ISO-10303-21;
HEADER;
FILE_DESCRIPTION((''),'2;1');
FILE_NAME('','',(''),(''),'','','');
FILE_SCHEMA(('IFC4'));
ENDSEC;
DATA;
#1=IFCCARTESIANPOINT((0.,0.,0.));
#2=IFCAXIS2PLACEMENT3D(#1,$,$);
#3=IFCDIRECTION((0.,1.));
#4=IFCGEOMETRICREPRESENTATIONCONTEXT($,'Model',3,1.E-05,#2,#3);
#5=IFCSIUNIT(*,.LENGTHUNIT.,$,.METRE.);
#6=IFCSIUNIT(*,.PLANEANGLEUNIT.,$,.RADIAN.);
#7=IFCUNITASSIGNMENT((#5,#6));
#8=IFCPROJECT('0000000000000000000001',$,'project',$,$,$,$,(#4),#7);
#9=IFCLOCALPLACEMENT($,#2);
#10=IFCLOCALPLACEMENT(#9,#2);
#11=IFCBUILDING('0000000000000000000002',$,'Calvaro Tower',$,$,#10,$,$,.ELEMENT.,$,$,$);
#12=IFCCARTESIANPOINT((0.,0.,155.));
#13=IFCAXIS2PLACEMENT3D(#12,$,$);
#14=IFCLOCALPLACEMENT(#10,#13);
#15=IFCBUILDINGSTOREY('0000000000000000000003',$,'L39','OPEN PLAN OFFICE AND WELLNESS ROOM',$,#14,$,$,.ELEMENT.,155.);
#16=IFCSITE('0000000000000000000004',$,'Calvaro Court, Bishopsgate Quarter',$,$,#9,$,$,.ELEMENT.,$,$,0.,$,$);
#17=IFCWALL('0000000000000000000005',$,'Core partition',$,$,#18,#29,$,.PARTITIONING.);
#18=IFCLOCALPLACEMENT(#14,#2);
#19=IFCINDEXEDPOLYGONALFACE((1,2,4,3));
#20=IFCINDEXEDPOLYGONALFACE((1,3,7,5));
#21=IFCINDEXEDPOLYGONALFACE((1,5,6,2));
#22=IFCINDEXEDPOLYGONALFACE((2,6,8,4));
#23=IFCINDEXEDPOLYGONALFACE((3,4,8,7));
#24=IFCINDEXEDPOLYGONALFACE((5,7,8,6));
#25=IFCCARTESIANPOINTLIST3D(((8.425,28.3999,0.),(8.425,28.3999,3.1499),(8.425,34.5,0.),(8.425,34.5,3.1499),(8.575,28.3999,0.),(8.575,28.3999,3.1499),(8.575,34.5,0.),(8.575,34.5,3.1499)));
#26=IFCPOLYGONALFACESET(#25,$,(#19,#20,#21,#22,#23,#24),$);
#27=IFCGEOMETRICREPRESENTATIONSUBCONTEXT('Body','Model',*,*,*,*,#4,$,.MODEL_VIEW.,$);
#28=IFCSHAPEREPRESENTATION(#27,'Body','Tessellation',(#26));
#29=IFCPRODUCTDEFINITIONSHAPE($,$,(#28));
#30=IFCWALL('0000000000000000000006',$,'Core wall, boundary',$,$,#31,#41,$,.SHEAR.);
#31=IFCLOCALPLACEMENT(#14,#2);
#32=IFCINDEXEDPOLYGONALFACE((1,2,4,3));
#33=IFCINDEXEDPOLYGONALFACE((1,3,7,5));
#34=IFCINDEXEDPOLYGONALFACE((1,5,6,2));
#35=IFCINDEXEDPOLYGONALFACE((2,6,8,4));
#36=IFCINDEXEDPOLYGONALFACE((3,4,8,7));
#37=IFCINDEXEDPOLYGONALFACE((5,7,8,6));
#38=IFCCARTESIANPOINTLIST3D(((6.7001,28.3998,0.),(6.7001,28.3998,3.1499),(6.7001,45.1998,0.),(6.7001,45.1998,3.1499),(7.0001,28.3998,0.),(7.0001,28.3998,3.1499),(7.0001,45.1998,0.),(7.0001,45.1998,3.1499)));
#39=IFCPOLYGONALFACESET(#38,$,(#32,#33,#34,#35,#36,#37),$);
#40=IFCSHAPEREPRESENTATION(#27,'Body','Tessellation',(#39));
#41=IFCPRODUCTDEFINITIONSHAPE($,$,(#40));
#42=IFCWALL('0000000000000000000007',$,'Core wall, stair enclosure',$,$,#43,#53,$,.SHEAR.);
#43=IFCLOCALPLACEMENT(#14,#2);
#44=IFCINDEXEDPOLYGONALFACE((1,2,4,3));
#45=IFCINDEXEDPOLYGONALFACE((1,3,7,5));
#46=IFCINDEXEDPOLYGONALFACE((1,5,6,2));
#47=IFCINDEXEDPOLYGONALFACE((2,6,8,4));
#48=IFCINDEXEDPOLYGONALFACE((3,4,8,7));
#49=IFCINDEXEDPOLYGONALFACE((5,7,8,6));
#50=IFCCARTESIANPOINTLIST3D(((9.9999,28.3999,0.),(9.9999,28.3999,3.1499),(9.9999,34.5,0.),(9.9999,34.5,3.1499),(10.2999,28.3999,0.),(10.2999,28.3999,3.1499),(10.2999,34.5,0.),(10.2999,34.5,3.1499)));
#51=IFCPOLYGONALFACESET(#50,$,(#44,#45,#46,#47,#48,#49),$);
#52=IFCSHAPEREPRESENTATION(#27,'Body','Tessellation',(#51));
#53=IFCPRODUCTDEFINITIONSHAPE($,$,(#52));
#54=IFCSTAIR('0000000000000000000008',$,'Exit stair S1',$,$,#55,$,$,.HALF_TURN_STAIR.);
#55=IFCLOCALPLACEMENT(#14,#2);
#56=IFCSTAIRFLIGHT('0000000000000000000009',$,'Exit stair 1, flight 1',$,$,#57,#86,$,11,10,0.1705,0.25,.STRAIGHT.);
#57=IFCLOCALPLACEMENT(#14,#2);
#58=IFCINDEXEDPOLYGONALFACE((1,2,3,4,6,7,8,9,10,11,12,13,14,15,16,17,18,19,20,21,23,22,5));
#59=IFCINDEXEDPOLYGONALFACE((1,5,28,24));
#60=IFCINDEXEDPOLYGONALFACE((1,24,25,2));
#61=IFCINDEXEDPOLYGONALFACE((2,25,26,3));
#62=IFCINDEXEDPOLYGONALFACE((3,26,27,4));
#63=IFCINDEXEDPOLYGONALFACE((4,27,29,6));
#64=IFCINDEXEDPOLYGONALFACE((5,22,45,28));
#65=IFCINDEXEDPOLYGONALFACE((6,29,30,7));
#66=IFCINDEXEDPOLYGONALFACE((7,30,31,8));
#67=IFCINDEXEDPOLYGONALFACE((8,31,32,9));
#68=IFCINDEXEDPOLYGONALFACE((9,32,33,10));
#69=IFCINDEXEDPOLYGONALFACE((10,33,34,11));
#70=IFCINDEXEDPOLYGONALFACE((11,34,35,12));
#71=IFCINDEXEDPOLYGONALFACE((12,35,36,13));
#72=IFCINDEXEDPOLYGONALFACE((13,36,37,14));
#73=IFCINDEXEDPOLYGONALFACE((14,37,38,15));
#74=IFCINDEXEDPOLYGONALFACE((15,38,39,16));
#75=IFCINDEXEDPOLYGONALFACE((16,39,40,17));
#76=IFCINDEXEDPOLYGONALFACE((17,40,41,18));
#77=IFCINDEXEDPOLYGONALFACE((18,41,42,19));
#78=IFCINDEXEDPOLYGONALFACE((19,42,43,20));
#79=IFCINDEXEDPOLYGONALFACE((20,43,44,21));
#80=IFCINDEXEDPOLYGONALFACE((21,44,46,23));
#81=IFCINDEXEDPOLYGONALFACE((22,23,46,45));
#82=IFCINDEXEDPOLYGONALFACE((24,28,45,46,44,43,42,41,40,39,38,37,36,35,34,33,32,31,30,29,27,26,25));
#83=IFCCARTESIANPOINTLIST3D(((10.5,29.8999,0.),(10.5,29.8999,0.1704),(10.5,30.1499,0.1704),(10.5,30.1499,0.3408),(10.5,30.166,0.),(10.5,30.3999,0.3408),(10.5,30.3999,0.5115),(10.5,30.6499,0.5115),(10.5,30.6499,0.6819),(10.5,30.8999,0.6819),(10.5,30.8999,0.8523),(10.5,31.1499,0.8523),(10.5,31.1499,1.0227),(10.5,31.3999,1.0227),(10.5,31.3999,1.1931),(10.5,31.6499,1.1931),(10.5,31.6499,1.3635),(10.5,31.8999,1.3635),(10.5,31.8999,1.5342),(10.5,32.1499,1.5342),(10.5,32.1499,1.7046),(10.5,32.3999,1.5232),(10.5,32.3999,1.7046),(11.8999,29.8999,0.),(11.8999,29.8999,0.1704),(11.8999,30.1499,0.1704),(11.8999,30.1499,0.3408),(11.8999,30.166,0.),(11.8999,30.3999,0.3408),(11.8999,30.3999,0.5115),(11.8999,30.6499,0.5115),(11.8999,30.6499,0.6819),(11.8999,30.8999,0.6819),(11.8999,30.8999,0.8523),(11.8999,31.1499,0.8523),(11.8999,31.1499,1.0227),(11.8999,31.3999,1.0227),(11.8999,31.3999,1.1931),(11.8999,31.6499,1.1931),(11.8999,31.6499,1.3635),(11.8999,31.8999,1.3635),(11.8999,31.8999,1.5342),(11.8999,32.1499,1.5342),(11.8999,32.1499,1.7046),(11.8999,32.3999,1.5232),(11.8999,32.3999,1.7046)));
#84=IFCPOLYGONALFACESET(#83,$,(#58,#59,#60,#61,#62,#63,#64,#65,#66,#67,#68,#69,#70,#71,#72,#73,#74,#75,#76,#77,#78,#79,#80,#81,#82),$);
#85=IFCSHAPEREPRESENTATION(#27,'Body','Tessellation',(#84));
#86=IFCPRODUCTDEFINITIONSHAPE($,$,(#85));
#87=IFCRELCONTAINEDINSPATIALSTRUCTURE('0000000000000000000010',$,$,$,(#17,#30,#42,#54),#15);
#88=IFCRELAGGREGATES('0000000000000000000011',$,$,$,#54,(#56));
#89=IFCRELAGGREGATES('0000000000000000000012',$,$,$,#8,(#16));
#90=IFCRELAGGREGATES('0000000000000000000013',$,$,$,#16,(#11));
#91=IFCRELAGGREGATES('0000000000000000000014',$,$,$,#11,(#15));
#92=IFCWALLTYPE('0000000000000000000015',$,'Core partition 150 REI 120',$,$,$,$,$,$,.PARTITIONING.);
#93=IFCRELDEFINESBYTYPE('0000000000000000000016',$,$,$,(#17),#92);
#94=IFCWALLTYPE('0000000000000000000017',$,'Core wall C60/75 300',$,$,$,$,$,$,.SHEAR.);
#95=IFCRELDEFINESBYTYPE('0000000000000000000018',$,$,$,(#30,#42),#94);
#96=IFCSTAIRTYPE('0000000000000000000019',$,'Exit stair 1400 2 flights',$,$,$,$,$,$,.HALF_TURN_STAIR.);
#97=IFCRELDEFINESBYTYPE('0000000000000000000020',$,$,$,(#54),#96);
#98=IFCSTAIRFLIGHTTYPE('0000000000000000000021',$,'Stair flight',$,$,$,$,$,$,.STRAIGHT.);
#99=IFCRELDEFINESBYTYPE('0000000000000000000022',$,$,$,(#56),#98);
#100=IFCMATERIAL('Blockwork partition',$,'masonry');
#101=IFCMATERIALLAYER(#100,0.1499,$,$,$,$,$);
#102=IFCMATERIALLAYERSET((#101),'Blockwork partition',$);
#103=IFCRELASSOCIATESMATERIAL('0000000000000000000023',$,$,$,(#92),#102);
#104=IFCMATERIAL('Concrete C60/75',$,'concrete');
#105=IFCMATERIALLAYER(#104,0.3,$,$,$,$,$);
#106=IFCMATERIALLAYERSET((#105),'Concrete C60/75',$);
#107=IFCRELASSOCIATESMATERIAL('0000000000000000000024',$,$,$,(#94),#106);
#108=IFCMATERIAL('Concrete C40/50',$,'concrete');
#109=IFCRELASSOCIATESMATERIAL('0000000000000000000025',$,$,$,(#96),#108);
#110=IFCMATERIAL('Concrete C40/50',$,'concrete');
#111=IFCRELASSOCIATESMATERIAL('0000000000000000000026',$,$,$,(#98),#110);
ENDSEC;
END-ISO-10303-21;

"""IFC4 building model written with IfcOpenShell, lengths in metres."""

from ifc_helpers import new_model, si_unit, direction, frame, frame_2d, origin, place, context, subcontext, project, spatial, polyline, rectangle, outline, extrude, material, layer, layer_set, type_object, element, aggregate, save


model = new_model("IFC4")

# Units and contexts
model_context = context("Model", 3, precision=1e-05, world=origin(), true_north=direction((0.0, 1.0)))
body_context = subcontext(model_context, "Body", "Model", "MODEL_VIEW")
ifc_project = project(units=[si_unit("LENGTHUNIT", "METRE"), si_unit("PLANEANGLEUNIT", "RADIAN")], contexts=[model_context])

# Site, building, storey
site_placement = place(None, origin())
site = spatial("IfcSite", under=ifc_project, at=site_placement, Name="Calvaro Court, Bishopsgate Quarter", CompositionType="ELEMENT", RefElevation=0.0)
building_placement = place(site_placement, origin())
building = spatial("IfcBuilding", under=site, at=building_placement, Name="Calvaro Tower", CompositionType="ELEMENT")
storey_placement = place(building_placement, frame((0.0, 0.0, 155.0)))
storey = spatial("IfcBuildingStorey", under=building, at=storey_placement, Name="L39", Description="OPEN PLAN OFFICE AND WELLNESS ROOM", CompositionType="ELEMENT", Elevation=155.0)

# Walls
ifc_material_1 = material(Name="Blockwork partition", Category="masonry")
ifc_layer_1 = layer(ifc_material_1, 0.1499)
ifc_layer_set_1 = layer_set([ifc_layer_1], Name="Blockwork partition")
wall_type_1 = type_object("IfcWallType", Name="Core partition 150 REI 120", PredefinedType="PARTITIONING", material=ifc_layer_set_1)
wall_1_placement = place(storey_placement, frame((8.5, 28.3999, 0.0), z_axis=(0.0, 0.0, 1.0), x_axis=(0.0, 1.0, 0.0)))
element("IfcWall", 1, at=wall_1_placement, inside=storey, type_object=wall_type_1, Name="Core partition", PredefinedType="PARTITIONING", context=body_context, shape_type="SweptSolid", body=[
    extrude(rectangle(XDim=6.1001, YDim=0.1499, at=frame_2d((3.05, 0.0))), origin(), (0.0, 0.0, 1.0), 3.1499),
])
ifc_material_2 = material(Name="Concrete C60/75", Category="concrete")
ifc_layer_2 = layer(ifc_material_2, 0.3)
ifc_layer_set_2 = layer_set([ifc_layer_2], Name="Concrete C60/75")
wall_type_2 = type_object("IfcWallType", Name="Core wall C60/75 300", PredefinedType="SHEAR", material=ifc_layer_set_2)
wall_2_placement = place(storey_placement, frame((6.8501, 28.3999, 0.0), z_axis=(0.0, 0.0, 1.0), x_axis=(0.0, 1.0, 0.0)))
element("IfcWall", 2, at=wall_2_placement, inside=storey, type_object=wall_type_2, Name="Core wall, boundary", PredefinedType="SHEAR", context=body_context, shape_type="SweptSolid", body=[
    extrude(rectangle(XDim=16.8, YDim=0.3, at=frame_2d((8.3999, 0.0))), origin(), (0.0, 0.0, 1.0), 3.1499),
])
wall_3_placement = place(storey_placement, frame((10.1499, 28.3999, 0.0), z_axis=(0.0, 0.0, 1.0), x_axis=(0.0, 1.0, 0.0)))
element("IfcWall", 3, at=wall_3_placement, inside=storey, type_object=wall_type_2, Name="Core wall, stair enclosure", PredefinedType="SHEAR", context=body_context, shape_type="SweptSolid", body=[
    extrude(rectangle(XDim=6.1001, YDim=0.3, at=frame_2d((3.05, 0.0))), origin(), (0.0, 0.0, 1.0), 3.1499),
])

# Stair, stair flight
ifc_material_3 = material(Name="Concrete C40/50", Category="concrete")
stair_type = type_object("IfcStairType", Name="Exit stair 1400 2 flights", PredefinedType="HALF_TURN_STAIR", material=ifc_material_3)
stair_placement = place(storey_placement, origin())
stair = element("IfcStair", 4, at=stair_placement, inside=storey, type_object=stair_type, Name="Exit stair S1", PredefinedType="HALF_TURN_STAIR")
ifc_material_4 = material(Name="Concrete C40/50", Category="concrete")
stair_flight_type = type_object("IfcStairFlightType", Name="Stair flight", PredefinedType="STRAIGHT", material=ifc_material_4)
stair_flight_placement = place(storey_placement, frame((11.2, 29.8999, 0.0), z_axis=(0.0, 0.0, 1.0), x_axis=(0.0, 1.0, 0.0)))
stair_flight = element("IfcStairFlight", 5, at=stair_flight_placement, type_object=stair_flight_type, Name="Exit stair 1, flight 1", NumberOfRisers=11, NumberOfTreads=10, PredefinedType="STRAIGHT", RiserHeight=0.1705, TreadLength=0.25, context=body_context, shape_type="SweptSolid", body=[
    extrude(outline(polyline([(0.0, 0.0), (0.0, 0.1704), (0.25, 0.1704), (0.25, 0.3408), (0.5, 0.3408), (0.5, 0.5115), (0.75, 0.5115), (0.75, 0.6819), (1.0, 0.6819), (1.0, 0.8523), (1.25, 0.8523), (1.25, 1.0227), (1.5, 1.0227), (1.5, 1.1931), (1.75, 1.1931), (1.75, 1.3635), (2.0, 1.3635), (2.0, 1.5342), (2.25, 1.5342), (2.25, 1.7046), (2.5, 1.7046), (2.5, 1.875), (2.5, 1.5232), (0.2661, 0.0), (0.0, 0.0)])), frame((0.0, 0.7, 0.0), z_axis=(0.0, -1.0, 0.0), x_axis=(1.0, 0.0, 0.0)), (0.0, 0.0, 1.0), 1.3999),
])
aggregate(stair, [stair_flight])

save(model, "model.ifc")
